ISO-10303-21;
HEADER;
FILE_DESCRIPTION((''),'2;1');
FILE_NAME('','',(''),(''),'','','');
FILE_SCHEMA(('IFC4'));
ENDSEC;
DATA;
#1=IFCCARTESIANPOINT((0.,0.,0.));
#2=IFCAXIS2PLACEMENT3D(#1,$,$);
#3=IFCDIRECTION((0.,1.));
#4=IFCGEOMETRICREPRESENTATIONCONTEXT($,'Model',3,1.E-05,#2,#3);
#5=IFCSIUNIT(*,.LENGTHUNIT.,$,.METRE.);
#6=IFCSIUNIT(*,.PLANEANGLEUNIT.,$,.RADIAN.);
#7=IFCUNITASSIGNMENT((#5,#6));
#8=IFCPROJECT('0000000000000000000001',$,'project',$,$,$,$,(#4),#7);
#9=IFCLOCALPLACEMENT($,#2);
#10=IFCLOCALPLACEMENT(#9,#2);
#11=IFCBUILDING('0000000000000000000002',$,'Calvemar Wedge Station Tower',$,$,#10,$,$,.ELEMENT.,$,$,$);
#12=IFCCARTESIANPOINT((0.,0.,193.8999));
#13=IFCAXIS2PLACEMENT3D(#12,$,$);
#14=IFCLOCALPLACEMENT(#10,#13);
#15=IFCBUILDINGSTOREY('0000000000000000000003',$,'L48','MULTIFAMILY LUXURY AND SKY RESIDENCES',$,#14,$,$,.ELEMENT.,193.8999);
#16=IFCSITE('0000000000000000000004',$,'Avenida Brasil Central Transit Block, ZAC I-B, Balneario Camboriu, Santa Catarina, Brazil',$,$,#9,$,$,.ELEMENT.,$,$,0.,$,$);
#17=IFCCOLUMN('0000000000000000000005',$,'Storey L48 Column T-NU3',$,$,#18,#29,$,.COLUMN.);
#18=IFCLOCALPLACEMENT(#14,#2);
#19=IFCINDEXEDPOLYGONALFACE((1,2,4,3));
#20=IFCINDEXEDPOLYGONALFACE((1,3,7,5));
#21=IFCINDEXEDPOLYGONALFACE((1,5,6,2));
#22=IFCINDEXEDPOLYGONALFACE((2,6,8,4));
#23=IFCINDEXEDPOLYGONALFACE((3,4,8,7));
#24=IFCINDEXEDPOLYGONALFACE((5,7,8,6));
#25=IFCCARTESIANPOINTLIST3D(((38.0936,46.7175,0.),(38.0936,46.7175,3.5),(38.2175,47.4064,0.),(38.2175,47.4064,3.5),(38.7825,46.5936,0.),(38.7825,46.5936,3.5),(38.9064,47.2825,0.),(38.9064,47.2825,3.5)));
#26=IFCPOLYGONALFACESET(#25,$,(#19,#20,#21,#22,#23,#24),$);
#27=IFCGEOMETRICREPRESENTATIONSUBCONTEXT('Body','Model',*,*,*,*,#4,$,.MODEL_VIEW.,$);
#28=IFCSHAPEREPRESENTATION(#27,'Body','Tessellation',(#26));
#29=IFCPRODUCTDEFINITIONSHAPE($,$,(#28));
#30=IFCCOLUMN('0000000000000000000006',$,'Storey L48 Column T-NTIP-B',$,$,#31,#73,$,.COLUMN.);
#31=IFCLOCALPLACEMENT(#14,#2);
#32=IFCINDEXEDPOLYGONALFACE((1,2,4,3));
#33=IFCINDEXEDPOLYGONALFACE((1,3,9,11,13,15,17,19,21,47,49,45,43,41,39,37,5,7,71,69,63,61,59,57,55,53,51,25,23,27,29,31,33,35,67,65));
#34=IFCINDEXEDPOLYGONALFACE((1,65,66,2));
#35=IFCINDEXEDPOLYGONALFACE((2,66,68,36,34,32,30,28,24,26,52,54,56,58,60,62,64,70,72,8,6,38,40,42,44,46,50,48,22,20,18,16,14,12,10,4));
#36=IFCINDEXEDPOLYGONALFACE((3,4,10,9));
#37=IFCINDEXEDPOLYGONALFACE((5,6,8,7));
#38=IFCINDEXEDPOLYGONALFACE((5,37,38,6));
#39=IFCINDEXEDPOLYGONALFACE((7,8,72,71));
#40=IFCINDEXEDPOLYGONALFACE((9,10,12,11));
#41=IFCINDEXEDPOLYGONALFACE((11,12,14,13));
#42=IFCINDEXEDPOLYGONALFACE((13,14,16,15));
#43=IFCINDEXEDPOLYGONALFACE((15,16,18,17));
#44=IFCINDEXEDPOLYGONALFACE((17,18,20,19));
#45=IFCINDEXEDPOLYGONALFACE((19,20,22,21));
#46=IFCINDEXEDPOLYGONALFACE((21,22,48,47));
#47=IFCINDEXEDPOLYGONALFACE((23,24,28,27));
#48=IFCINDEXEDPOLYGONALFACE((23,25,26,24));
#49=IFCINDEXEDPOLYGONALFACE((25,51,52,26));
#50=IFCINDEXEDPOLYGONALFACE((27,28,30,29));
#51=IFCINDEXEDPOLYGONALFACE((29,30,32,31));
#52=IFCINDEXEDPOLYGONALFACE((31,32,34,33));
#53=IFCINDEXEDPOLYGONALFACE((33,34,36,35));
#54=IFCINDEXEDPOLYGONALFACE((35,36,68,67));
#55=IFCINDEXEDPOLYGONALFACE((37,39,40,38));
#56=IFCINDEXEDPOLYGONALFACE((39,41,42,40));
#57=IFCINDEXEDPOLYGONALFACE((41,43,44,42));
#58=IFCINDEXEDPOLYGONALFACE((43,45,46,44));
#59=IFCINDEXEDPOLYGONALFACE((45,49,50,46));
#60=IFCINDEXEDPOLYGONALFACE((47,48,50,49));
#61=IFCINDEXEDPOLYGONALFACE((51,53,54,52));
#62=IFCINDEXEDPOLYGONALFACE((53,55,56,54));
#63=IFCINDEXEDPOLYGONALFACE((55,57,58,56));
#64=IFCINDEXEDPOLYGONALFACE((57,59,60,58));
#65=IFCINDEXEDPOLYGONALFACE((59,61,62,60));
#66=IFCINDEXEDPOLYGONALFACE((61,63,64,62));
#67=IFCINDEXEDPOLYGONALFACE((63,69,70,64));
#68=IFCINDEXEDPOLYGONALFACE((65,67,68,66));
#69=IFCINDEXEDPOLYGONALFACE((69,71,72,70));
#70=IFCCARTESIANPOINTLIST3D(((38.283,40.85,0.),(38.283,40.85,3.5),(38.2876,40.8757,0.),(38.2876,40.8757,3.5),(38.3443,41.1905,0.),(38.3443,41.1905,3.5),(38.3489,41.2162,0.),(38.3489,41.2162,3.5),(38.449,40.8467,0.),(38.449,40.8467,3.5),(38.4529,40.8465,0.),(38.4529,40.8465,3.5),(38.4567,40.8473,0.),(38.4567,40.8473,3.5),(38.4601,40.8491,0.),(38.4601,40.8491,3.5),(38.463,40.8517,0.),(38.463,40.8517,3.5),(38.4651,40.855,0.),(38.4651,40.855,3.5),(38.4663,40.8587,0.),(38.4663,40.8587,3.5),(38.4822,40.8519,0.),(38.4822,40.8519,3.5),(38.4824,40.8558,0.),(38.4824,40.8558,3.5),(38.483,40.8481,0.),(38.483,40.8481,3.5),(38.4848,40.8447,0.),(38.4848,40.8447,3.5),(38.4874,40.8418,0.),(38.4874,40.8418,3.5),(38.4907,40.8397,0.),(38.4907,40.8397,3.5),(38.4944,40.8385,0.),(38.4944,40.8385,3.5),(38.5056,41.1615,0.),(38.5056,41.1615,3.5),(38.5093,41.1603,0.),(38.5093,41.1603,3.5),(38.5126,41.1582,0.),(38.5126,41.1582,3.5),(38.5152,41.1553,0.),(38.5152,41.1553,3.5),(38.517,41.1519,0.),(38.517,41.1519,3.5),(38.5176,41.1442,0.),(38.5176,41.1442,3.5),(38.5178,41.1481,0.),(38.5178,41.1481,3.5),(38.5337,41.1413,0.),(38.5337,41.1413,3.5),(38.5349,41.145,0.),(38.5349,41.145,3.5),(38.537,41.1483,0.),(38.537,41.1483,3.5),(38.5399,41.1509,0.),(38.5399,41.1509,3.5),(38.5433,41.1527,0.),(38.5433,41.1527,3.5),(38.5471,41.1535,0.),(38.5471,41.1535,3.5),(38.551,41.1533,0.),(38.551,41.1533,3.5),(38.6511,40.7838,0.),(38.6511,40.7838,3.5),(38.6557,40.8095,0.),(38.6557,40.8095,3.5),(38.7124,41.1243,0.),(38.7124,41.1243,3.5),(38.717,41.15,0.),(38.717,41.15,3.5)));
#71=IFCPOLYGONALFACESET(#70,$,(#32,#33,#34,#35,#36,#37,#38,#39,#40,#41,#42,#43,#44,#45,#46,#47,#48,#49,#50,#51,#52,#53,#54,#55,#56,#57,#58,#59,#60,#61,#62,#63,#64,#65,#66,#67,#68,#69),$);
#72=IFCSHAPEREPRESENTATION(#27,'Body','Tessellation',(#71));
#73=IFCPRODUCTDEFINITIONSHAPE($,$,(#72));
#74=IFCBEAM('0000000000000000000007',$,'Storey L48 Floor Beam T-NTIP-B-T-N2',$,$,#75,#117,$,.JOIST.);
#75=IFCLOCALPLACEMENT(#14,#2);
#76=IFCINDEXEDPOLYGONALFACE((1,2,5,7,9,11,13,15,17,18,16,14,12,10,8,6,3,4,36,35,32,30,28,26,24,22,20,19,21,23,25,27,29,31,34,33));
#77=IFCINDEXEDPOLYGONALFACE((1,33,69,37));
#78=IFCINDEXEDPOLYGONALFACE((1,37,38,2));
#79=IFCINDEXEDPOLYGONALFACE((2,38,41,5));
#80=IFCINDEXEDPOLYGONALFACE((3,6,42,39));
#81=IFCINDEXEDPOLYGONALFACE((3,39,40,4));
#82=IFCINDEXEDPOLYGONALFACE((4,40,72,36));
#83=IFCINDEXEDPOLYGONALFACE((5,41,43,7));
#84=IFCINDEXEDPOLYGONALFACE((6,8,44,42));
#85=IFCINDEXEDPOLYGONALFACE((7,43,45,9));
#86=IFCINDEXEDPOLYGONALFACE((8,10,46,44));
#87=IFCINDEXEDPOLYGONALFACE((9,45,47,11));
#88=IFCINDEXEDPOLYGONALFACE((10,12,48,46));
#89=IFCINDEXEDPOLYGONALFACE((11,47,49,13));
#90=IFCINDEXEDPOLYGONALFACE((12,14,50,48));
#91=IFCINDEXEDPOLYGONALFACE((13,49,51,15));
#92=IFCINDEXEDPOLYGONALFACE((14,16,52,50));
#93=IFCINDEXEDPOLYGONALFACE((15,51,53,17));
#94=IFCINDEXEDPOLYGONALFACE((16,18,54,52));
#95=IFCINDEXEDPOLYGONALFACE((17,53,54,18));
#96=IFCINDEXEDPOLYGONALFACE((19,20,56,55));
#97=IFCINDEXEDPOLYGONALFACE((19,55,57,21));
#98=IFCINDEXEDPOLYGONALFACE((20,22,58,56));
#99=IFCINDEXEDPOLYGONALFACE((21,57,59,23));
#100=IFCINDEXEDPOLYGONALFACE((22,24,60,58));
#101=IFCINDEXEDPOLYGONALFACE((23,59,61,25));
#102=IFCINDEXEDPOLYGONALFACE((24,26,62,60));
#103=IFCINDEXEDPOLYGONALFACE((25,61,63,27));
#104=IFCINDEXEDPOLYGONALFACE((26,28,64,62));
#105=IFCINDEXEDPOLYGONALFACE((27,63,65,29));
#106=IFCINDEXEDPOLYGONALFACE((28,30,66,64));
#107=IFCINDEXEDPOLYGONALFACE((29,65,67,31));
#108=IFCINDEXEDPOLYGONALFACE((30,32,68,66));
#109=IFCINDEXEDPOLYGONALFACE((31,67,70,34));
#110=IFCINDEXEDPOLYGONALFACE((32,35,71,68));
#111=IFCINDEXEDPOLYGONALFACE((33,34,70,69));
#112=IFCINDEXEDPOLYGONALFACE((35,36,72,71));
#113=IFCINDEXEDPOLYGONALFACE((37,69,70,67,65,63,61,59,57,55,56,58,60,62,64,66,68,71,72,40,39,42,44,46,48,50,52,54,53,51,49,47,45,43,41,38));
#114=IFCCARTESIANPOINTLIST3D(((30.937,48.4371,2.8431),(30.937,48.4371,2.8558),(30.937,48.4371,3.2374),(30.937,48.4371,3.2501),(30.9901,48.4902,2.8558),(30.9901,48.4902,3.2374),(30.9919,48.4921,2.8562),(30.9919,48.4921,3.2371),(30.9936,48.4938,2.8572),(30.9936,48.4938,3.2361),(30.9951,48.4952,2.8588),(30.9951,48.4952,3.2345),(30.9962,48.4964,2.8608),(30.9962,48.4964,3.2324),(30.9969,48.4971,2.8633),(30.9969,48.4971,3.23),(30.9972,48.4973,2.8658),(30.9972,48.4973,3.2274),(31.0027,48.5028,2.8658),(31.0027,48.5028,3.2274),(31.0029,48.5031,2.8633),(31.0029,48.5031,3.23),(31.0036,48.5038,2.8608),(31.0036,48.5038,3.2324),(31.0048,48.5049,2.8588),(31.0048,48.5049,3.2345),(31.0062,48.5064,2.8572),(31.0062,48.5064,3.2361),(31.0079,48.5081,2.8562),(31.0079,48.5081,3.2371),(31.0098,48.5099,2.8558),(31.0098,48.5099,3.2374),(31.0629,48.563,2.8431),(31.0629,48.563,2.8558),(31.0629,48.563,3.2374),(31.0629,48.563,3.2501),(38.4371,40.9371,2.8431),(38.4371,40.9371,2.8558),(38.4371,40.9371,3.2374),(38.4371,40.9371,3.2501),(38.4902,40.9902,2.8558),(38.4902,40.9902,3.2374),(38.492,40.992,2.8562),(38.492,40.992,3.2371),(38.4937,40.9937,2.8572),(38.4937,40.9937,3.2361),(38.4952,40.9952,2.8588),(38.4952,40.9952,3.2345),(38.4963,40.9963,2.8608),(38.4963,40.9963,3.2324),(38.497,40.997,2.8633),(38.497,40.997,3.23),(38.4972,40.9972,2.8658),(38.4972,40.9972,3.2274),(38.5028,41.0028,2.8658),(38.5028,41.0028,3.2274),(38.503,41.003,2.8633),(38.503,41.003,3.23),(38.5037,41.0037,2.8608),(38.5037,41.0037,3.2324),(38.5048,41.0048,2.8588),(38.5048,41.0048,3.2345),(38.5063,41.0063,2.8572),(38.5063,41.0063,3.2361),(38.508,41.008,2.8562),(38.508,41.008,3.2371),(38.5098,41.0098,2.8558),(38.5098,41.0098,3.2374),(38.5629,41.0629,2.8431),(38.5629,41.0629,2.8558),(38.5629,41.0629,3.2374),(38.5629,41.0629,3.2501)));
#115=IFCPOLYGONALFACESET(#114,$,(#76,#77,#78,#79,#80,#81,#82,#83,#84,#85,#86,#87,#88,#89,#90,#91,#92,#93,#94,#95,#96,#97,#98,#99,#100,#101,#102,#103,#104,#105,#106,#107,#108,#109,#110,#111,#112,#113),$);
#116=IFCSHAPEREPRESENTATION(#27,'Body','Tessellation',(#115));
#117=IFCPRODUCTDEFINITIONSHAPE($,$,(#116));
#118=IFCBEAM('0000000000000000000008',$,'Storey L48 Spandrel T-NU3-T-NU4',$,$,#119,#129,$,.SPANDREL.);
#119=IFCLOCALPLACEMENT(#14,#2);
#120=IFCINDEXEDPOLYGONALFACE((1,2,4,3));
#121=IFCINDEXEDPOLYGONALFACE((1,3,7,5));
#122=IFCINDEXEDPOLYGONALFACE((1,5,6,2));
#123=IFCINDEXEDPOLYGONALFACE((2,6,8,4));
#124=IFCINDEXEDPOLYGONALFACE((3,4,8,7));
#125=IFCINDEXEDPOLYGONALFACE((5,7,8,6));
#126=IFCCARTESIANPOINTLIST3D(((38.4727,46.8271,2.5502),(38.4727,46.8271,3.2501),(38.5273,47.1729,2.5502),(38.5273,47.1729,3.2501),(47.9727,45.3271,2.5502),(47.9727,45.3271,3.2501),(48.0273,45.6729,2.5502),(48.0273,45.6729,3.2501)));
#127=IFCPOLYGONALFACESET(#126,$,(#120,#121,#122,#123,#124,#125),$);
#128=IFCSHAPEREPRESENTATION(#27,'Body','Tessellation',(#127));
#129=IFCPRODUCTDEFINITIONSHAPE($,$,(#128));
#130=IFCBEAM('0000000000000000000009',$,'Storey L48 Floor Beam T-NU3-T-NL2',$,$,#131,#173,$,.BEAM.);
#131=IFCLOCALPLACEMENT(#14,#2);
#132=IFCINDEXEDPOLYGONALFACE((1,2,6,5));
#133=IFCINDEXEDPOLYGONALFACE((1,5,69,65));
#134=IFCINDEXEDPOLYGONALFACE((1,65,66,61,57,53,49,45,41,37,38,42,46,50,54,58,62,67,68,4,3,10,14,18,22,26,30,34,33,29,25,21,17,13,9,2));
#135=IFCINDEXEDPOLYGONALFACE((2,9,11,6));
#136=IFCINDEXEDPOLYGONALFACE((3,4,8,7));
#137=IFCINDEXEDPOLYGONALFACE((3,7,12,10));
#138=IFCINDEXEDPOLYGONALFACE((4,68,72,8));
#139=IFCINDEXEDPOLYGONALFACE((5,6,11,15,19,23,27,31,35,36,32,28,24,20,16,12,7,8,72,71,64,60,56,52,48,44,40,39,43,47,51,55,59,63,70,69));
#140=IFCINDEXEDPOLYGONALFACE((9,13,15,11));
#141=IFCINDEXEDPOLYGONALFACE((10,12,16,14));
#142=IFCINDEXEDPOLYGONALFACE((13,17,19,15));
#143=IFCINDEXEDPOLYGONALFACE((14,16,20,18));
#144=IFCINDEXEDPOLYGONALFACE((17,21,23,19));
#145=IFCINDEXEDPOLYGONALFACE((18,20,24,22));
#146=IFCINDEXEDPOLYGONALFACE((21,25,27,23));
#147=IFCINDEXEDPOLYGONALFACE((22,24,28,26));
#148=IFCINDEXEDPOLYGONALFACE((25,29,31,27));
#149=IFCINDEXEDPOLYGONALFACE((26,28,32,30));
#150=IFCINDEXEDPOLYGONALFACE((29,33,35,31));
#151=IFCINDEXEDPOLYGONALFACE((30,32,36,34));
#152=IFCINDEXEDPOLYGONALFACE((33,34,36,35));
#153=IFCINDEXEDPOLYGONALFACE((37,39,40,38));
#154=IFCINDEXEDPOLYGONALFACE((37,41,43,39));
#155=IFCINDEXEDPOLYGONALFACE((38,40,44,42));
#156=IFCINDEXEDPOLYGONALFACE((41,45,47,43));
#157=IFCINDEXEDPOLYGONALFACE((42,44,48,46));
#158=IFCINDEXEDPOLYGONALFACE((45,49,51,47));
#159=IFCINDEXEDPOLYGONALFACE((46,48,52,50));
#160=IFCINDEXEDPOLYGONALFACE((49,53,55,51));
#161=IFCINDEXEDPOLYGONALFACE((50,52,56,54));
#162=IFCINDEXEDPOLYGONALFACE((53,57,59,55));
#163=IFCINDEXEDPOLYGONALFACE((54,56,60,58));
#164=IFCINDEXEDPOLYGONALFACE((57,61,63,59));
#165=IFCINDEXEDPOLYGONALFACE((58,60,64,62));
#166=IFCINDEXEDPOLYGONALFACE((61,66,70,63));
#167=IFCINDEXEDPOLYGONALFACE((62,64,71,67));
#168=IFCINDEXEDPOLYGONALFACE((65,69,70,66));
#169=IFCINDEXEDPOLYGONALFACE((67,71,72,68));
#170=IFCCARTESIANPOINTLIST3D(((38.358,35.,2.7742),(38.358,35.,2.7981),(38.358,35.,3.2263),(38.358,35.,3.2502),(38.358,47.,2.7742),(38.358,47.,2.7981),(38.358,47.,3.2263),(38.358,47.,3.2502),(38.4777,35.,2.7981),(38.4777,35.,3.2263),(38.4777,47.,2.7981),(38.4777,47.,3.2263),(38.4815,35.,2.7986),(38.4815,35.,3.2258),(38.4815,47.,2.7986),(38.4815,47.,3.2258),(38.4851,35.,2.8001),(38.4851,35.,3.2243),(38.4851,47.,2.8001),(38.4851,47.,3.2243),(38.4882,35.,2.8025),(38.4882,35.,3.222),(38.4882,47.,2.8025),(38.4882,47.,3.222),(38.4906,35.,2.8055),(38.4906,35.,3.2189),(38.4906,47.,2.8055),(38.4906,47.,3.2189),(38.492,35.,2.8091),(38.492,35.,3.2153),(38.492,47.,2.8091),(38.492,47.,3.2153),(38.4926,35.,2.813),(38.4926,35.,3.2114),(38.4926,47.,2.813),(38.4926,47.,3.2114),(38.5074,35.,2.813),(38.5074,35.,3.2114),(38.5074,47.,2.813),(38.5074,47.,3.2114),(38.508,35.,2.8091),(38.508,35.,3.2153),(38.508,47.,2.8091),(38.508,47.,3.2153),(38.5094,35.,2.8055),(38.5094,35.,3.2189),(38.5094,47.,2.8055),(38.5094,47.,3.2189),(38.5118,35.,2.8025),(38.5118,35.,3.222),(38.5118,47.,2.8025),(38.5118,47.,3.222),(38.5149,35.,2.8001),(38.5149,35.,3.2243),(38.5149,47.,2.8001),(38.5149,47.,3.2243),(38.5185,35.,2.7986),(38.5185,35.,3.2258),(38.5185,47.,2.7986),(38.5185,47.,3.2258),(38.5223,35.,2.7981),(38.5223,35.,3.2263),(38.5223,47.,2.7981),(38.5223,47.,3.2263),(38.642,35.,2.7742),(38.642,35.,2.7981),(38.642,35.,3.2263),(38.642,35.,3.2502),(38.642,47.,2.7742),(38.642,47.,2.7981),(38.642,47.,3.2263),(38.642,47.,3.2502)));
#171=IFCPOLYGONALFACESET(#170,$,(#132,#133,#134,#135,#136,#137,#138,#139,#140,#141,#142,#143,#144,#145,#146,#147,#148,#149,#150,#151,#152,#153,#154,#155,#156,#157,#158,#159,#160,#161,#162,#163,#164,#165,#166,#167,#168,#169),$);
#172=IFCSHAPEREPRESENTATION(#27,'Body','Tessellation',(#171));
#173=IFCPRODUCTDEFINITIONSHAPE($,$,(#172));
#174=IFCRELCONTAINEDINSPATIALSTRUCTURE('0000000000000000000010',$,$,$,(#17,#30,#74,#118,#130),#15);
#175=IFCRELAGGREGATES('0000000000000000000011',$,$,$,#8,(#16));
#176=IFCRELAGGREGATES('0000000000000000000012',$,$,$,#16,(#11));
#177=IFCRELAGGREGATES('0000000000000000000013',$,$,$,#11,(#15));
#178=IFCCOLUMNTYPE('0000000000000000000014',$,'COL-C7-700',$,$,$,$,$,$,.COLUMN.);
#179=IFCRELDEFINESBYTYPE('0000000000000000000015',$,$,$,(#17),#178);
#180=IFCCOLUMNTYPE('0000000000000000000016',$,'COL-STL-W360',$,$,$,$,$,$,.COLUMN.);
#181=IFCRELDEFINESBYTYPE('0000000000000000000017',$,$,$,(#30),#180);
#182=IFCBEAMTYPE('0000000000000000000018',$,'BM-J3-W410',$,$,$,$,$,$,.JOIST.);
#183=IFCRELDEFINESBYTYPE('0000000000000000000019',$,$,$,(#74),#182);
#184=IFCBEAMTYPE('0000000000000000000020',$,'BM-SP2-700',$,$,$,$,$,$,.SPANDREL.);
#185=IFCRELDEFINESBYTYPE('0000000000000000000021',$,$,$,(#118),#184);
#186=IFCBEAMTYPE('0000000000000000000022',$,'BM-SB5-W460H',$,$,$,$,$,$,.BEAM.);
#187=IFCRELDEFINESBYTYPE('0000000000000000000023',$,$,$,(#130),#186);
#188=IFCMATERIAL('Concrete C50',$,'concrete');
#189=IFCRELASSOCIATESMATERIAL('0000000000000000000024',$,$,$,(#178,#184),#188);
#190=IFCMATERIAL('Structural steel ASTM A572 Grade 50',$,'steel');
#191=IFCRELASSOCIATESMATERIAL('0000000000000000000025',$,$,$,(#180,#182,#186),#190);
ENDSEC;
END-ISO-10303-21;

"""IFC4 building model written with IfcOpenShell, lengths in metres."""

from ifc_helpers import new_model, si_unit, direction, frame, origin, origin_2d, place, context, subcontext, project, spatial, rectangle, i_section, extrude, source, transform, mapped, material, material_profile, profile_set, type_object, element, save


model = new_model("IFC4")

# Units and contexts
model_context = context("Model", 3, precision=1e-05, world=origin(), true_north=direction((0.0, 1.0)))
body_context = subcontext(model_context, "Body", "Model", "MODEL_VIEW")
ifc_project = project(units=[si_unit("LENGTHUNIT", "METRE"), si_unit("PLANEANGLEUNIT", "RADIAN")], contexts=[model_context])

# Site, building, storey
site_placement = place(None, origin())
site = spatial("IfcSite", under=ifc_project, at=site_placement, Name="Avenida Brasil Central Transit Block, ZAC I-B, Balneario Camboriu, Santa Catarina, Brazil", CompositionType="ELEMENT", RefElevation=0.0)
building_placement = place(site_placement, origin())
building = spatial("IfcBuilding", under=site, at=building_placement, Name="Calvemar Wedge Station Tower", CompositionType="ELEMENT")
storey_placement = place(building_placement, frame((0.0, 0.0, 193.8999)))
storey = spatial("IfcBuildingStorey", under=building, at=storey_placement, Name="L48", Description="MULTIFAMILY LUXURY AND SKY RESIDENCES", CompositionType="ELEMENT", Elevation=193.8999)

# Columns
ifc_material_1 = material(Name="Concrete C50", Category="concrete")
ifc_material_profile_1 = material_profile(ifc_material_1, rectangle(XDim=0.7, YDim=0.7, at=origin_2d()), Name="RC700x700")
ifc_profile_set_1 = profile_set([ifc_material_profile_1], Name="Concrete C50")
column_type_1 = type_object("IfcColumnType", Name="COL-C7-700", PredefinedType="COLUMN", material=ifc_profile_set_1)
shared_shape_1 = source(origin(), body_context, "Body", "SweptSolid", [
    extrude(rectangle(XDim=0.7, YDim=0.7, at=origin_2d()), origin(), (0.0, 0.0, 1.0), 3.5),
])
column_1_placement = place(storey_placement, frame((38.5, 47.0, 0.0), z_axis=(0.0, 0.0, 1.0), x_axis=(0.984196, -0.177085, 0.0)))
element("IfcColumn", 1, at=column_1_placement, inside=storey, type_object=column_type_1, Name="Storey L48 Column T-NU3", PredefinedType="COLUMN", context=body_context, shape_type="MappedRepresentation", body=[
    mapped(shared_shape_1, transform((0.0, 0.0, 0.0), scale=1.0)),
])
ifc_material_2 = material(Name="Structural steel ASTM A572 Grade 50", Category="steel")
ifc_material_profile_2 = material_profile(ifc_material_2, i_section(OverallWidth=0.374, OverallDepth=0.3721, WebThickness=0.0164, FlangeThickness=0.0261, FilletRadius=0.0149, at=origin_2d()), Name="W360x196")
ifc_profile_set_2 = profile_set([ifc_material_profile_2], Name="Structural steel ASTM A572 Grade 50")
column_type_2 = type_object("IfcColumnType", Name="COL-STL-W360", PredefinedType="COLUMN", material=ifc_profile_set_2)
shared_shape_2 = source(origin(), body_context, "Body", "SweptSolid", [
    extrude(i_section(OverallWidth=0.374, OverallDepth=0.3721, WebThickness=0.0164, FlangeThickness=0.0261, FilletRadius=0.0149, at=origin_2d()), origin(), (0.0, 0.0, 1.0), 3.5),
])
column_2_placement = place(storey_placement, frame((38.5, 41.0, 0.0), z_axis=(0.0, 0.0, 1.0), x_axis=(0.984196, -0.177085, 0.0)))
element("IfcColumn", 2, at=column_2_placement, inside=storey, type_object=column_type_2, Name="Storey L48 Column T-NTIP-B", PredefinedType="COLUMN", context=body_context, shape_type="MappedRepresentation", body=[
    mapped(shared_shape_2, transform((0.0, 0.0, 0.0), scale=1.0)),
])

# Beams
ifc_material_profile_3 = material_profile(ifc_material_2, i_section(OverallWidth=0.178, OverallDepth=0.407, WebThickness=0.0078, FlangeThickness=0.0127, FilletRadius=0.01, at=origin_2d()), Name="W410x60")
ifc_profile_set_3 = profile_set([ifc_material_profile_3], Name="Structural steel ASTM A572 Grade 50")
beam_type_1 = type_object("IfcBeamType", Name="BM-J3-W410", PredefinedType="JOIST", material=ifc_profile_set_3)
shared_shape_3 = source(origin(), body_context, "Body", "SweptSolid", [
    extrude(i_section(OverallWidth=0.178, OverallDepth=0.407, WebThickness=0.0078, FlangeThickness=0.0127, FilletRadius=0.01, at=origin_2d()), origin(), (0.0, 0.0, 1.0), 10.6067),
])
beam_1_placement = place(storey_placement, frame((38.5, 41.0, 3.0466), z_axis=(-0.707107, 0.707107, 0.0), x_axis=(-0.707107, -0.707107, 0.0)))
element("IfcBeam", 3, at=beam_1_placement, inside=storey, type_object=beam_type_1, Name="Storey L48 Floor Beam T-NTIP-B-T-N2", PredefinedType="JOIST", context=body_context, shape_type="MappedRepresentation", body=[
    mapped(shared_shape_3, transform((0.0, 0.0, 0.0), scale=1.0)),
])
ifc_material_profile_4 = material_profile(ifc_material_1, rectangle(XDim=0.3501, YDim=0.7, at=origin_2d()), Name="RC350x700")
ifc_profile_set_4 = profile_set([ifc_material_profile_4], Name="Concrete C50")
beam_type_2 = type_object("IfcBeamType", Name="BM-SP2-700", PredefinedType="SPANDREL", material=ifc_profile_set_4)
shared_shape_4 = source(origin(), body_context, "Body", "SweptSolid", [
    extrude(rectangle(XDim=0.3501, YDim=0.7, at=origin_2d()), origin(), (0.0, 0.0, 1.0), 9.6177),
])
beam_2_placement = place(storey_placement, frame((38.5, 47.0, 2.9001), z_axis=(0.987763, -0.155963, 0.0), x_axis=(0.155963, 0.987763, 0.0)))
element("IfcBeam", 4, at=beam_2_placement, inside=storey, type_object=beam_type_2, Name="Storey L48 Spandrel T-NU3-T-NU4", PredefinedType="SPANDREL", context=body_context, shape_type="MappedRepresentation", body=[
    mapped(shared_shape_4, transform((0.0, 0.0, 0.0), scale=1.0)),
])
ifc_material_profile_5 = material_profile(ifc_material_2, i_section(OverallWidth=0.2839, OverallDepth=0.4761, WebThickness=0.0149, FlangeThickness=0.0239, FilletRadius=0.0149, at=origin_2d()), Name="W460x158")
ifc_profile_set_5 = profile_set([ifc_material_profile_5], Name="Structural steel ASTM A572 Grade 50")
beam_type_3 = type_object("IfcBeamType", Name="BM-SB5-W460H", PredefinedType="BEAM", material=ifc_profile_set_5)
shared_shape_5 = source(origin(), body_context, "Body", "SweptSolid", [
    extrude(i_section(OverallWidth=0.2839, OverallDepth=0.4761, WebThickness=0.0149, FlangeThickness=0.0239, FilletRadius=0.0149, at=origin_2d()), origin(), (0.0, 0.0, 1.0), 12.0),
])
beam_3_placement = place(storey_placement, frame((38.5, 47.0, 3.0122), z_axis=(0.0, -1.0, 0.0), x_axis=(1.0, 0.0, 0.0)))
element("IfcBeam", 5, at=beam_3_placement, inside=storey, type_object=beam_type_3, Name="Storey L48 Floor Beam T-NU3-T-NL2", PredefinedType="BEAM", context=body_context, shape_type="MappedRepresentation", body=[
    mapped(shared_shape_5, transform((0.0, 0.0, 0.0), scale=1.0)),
])

save(model, "model.ifc")
